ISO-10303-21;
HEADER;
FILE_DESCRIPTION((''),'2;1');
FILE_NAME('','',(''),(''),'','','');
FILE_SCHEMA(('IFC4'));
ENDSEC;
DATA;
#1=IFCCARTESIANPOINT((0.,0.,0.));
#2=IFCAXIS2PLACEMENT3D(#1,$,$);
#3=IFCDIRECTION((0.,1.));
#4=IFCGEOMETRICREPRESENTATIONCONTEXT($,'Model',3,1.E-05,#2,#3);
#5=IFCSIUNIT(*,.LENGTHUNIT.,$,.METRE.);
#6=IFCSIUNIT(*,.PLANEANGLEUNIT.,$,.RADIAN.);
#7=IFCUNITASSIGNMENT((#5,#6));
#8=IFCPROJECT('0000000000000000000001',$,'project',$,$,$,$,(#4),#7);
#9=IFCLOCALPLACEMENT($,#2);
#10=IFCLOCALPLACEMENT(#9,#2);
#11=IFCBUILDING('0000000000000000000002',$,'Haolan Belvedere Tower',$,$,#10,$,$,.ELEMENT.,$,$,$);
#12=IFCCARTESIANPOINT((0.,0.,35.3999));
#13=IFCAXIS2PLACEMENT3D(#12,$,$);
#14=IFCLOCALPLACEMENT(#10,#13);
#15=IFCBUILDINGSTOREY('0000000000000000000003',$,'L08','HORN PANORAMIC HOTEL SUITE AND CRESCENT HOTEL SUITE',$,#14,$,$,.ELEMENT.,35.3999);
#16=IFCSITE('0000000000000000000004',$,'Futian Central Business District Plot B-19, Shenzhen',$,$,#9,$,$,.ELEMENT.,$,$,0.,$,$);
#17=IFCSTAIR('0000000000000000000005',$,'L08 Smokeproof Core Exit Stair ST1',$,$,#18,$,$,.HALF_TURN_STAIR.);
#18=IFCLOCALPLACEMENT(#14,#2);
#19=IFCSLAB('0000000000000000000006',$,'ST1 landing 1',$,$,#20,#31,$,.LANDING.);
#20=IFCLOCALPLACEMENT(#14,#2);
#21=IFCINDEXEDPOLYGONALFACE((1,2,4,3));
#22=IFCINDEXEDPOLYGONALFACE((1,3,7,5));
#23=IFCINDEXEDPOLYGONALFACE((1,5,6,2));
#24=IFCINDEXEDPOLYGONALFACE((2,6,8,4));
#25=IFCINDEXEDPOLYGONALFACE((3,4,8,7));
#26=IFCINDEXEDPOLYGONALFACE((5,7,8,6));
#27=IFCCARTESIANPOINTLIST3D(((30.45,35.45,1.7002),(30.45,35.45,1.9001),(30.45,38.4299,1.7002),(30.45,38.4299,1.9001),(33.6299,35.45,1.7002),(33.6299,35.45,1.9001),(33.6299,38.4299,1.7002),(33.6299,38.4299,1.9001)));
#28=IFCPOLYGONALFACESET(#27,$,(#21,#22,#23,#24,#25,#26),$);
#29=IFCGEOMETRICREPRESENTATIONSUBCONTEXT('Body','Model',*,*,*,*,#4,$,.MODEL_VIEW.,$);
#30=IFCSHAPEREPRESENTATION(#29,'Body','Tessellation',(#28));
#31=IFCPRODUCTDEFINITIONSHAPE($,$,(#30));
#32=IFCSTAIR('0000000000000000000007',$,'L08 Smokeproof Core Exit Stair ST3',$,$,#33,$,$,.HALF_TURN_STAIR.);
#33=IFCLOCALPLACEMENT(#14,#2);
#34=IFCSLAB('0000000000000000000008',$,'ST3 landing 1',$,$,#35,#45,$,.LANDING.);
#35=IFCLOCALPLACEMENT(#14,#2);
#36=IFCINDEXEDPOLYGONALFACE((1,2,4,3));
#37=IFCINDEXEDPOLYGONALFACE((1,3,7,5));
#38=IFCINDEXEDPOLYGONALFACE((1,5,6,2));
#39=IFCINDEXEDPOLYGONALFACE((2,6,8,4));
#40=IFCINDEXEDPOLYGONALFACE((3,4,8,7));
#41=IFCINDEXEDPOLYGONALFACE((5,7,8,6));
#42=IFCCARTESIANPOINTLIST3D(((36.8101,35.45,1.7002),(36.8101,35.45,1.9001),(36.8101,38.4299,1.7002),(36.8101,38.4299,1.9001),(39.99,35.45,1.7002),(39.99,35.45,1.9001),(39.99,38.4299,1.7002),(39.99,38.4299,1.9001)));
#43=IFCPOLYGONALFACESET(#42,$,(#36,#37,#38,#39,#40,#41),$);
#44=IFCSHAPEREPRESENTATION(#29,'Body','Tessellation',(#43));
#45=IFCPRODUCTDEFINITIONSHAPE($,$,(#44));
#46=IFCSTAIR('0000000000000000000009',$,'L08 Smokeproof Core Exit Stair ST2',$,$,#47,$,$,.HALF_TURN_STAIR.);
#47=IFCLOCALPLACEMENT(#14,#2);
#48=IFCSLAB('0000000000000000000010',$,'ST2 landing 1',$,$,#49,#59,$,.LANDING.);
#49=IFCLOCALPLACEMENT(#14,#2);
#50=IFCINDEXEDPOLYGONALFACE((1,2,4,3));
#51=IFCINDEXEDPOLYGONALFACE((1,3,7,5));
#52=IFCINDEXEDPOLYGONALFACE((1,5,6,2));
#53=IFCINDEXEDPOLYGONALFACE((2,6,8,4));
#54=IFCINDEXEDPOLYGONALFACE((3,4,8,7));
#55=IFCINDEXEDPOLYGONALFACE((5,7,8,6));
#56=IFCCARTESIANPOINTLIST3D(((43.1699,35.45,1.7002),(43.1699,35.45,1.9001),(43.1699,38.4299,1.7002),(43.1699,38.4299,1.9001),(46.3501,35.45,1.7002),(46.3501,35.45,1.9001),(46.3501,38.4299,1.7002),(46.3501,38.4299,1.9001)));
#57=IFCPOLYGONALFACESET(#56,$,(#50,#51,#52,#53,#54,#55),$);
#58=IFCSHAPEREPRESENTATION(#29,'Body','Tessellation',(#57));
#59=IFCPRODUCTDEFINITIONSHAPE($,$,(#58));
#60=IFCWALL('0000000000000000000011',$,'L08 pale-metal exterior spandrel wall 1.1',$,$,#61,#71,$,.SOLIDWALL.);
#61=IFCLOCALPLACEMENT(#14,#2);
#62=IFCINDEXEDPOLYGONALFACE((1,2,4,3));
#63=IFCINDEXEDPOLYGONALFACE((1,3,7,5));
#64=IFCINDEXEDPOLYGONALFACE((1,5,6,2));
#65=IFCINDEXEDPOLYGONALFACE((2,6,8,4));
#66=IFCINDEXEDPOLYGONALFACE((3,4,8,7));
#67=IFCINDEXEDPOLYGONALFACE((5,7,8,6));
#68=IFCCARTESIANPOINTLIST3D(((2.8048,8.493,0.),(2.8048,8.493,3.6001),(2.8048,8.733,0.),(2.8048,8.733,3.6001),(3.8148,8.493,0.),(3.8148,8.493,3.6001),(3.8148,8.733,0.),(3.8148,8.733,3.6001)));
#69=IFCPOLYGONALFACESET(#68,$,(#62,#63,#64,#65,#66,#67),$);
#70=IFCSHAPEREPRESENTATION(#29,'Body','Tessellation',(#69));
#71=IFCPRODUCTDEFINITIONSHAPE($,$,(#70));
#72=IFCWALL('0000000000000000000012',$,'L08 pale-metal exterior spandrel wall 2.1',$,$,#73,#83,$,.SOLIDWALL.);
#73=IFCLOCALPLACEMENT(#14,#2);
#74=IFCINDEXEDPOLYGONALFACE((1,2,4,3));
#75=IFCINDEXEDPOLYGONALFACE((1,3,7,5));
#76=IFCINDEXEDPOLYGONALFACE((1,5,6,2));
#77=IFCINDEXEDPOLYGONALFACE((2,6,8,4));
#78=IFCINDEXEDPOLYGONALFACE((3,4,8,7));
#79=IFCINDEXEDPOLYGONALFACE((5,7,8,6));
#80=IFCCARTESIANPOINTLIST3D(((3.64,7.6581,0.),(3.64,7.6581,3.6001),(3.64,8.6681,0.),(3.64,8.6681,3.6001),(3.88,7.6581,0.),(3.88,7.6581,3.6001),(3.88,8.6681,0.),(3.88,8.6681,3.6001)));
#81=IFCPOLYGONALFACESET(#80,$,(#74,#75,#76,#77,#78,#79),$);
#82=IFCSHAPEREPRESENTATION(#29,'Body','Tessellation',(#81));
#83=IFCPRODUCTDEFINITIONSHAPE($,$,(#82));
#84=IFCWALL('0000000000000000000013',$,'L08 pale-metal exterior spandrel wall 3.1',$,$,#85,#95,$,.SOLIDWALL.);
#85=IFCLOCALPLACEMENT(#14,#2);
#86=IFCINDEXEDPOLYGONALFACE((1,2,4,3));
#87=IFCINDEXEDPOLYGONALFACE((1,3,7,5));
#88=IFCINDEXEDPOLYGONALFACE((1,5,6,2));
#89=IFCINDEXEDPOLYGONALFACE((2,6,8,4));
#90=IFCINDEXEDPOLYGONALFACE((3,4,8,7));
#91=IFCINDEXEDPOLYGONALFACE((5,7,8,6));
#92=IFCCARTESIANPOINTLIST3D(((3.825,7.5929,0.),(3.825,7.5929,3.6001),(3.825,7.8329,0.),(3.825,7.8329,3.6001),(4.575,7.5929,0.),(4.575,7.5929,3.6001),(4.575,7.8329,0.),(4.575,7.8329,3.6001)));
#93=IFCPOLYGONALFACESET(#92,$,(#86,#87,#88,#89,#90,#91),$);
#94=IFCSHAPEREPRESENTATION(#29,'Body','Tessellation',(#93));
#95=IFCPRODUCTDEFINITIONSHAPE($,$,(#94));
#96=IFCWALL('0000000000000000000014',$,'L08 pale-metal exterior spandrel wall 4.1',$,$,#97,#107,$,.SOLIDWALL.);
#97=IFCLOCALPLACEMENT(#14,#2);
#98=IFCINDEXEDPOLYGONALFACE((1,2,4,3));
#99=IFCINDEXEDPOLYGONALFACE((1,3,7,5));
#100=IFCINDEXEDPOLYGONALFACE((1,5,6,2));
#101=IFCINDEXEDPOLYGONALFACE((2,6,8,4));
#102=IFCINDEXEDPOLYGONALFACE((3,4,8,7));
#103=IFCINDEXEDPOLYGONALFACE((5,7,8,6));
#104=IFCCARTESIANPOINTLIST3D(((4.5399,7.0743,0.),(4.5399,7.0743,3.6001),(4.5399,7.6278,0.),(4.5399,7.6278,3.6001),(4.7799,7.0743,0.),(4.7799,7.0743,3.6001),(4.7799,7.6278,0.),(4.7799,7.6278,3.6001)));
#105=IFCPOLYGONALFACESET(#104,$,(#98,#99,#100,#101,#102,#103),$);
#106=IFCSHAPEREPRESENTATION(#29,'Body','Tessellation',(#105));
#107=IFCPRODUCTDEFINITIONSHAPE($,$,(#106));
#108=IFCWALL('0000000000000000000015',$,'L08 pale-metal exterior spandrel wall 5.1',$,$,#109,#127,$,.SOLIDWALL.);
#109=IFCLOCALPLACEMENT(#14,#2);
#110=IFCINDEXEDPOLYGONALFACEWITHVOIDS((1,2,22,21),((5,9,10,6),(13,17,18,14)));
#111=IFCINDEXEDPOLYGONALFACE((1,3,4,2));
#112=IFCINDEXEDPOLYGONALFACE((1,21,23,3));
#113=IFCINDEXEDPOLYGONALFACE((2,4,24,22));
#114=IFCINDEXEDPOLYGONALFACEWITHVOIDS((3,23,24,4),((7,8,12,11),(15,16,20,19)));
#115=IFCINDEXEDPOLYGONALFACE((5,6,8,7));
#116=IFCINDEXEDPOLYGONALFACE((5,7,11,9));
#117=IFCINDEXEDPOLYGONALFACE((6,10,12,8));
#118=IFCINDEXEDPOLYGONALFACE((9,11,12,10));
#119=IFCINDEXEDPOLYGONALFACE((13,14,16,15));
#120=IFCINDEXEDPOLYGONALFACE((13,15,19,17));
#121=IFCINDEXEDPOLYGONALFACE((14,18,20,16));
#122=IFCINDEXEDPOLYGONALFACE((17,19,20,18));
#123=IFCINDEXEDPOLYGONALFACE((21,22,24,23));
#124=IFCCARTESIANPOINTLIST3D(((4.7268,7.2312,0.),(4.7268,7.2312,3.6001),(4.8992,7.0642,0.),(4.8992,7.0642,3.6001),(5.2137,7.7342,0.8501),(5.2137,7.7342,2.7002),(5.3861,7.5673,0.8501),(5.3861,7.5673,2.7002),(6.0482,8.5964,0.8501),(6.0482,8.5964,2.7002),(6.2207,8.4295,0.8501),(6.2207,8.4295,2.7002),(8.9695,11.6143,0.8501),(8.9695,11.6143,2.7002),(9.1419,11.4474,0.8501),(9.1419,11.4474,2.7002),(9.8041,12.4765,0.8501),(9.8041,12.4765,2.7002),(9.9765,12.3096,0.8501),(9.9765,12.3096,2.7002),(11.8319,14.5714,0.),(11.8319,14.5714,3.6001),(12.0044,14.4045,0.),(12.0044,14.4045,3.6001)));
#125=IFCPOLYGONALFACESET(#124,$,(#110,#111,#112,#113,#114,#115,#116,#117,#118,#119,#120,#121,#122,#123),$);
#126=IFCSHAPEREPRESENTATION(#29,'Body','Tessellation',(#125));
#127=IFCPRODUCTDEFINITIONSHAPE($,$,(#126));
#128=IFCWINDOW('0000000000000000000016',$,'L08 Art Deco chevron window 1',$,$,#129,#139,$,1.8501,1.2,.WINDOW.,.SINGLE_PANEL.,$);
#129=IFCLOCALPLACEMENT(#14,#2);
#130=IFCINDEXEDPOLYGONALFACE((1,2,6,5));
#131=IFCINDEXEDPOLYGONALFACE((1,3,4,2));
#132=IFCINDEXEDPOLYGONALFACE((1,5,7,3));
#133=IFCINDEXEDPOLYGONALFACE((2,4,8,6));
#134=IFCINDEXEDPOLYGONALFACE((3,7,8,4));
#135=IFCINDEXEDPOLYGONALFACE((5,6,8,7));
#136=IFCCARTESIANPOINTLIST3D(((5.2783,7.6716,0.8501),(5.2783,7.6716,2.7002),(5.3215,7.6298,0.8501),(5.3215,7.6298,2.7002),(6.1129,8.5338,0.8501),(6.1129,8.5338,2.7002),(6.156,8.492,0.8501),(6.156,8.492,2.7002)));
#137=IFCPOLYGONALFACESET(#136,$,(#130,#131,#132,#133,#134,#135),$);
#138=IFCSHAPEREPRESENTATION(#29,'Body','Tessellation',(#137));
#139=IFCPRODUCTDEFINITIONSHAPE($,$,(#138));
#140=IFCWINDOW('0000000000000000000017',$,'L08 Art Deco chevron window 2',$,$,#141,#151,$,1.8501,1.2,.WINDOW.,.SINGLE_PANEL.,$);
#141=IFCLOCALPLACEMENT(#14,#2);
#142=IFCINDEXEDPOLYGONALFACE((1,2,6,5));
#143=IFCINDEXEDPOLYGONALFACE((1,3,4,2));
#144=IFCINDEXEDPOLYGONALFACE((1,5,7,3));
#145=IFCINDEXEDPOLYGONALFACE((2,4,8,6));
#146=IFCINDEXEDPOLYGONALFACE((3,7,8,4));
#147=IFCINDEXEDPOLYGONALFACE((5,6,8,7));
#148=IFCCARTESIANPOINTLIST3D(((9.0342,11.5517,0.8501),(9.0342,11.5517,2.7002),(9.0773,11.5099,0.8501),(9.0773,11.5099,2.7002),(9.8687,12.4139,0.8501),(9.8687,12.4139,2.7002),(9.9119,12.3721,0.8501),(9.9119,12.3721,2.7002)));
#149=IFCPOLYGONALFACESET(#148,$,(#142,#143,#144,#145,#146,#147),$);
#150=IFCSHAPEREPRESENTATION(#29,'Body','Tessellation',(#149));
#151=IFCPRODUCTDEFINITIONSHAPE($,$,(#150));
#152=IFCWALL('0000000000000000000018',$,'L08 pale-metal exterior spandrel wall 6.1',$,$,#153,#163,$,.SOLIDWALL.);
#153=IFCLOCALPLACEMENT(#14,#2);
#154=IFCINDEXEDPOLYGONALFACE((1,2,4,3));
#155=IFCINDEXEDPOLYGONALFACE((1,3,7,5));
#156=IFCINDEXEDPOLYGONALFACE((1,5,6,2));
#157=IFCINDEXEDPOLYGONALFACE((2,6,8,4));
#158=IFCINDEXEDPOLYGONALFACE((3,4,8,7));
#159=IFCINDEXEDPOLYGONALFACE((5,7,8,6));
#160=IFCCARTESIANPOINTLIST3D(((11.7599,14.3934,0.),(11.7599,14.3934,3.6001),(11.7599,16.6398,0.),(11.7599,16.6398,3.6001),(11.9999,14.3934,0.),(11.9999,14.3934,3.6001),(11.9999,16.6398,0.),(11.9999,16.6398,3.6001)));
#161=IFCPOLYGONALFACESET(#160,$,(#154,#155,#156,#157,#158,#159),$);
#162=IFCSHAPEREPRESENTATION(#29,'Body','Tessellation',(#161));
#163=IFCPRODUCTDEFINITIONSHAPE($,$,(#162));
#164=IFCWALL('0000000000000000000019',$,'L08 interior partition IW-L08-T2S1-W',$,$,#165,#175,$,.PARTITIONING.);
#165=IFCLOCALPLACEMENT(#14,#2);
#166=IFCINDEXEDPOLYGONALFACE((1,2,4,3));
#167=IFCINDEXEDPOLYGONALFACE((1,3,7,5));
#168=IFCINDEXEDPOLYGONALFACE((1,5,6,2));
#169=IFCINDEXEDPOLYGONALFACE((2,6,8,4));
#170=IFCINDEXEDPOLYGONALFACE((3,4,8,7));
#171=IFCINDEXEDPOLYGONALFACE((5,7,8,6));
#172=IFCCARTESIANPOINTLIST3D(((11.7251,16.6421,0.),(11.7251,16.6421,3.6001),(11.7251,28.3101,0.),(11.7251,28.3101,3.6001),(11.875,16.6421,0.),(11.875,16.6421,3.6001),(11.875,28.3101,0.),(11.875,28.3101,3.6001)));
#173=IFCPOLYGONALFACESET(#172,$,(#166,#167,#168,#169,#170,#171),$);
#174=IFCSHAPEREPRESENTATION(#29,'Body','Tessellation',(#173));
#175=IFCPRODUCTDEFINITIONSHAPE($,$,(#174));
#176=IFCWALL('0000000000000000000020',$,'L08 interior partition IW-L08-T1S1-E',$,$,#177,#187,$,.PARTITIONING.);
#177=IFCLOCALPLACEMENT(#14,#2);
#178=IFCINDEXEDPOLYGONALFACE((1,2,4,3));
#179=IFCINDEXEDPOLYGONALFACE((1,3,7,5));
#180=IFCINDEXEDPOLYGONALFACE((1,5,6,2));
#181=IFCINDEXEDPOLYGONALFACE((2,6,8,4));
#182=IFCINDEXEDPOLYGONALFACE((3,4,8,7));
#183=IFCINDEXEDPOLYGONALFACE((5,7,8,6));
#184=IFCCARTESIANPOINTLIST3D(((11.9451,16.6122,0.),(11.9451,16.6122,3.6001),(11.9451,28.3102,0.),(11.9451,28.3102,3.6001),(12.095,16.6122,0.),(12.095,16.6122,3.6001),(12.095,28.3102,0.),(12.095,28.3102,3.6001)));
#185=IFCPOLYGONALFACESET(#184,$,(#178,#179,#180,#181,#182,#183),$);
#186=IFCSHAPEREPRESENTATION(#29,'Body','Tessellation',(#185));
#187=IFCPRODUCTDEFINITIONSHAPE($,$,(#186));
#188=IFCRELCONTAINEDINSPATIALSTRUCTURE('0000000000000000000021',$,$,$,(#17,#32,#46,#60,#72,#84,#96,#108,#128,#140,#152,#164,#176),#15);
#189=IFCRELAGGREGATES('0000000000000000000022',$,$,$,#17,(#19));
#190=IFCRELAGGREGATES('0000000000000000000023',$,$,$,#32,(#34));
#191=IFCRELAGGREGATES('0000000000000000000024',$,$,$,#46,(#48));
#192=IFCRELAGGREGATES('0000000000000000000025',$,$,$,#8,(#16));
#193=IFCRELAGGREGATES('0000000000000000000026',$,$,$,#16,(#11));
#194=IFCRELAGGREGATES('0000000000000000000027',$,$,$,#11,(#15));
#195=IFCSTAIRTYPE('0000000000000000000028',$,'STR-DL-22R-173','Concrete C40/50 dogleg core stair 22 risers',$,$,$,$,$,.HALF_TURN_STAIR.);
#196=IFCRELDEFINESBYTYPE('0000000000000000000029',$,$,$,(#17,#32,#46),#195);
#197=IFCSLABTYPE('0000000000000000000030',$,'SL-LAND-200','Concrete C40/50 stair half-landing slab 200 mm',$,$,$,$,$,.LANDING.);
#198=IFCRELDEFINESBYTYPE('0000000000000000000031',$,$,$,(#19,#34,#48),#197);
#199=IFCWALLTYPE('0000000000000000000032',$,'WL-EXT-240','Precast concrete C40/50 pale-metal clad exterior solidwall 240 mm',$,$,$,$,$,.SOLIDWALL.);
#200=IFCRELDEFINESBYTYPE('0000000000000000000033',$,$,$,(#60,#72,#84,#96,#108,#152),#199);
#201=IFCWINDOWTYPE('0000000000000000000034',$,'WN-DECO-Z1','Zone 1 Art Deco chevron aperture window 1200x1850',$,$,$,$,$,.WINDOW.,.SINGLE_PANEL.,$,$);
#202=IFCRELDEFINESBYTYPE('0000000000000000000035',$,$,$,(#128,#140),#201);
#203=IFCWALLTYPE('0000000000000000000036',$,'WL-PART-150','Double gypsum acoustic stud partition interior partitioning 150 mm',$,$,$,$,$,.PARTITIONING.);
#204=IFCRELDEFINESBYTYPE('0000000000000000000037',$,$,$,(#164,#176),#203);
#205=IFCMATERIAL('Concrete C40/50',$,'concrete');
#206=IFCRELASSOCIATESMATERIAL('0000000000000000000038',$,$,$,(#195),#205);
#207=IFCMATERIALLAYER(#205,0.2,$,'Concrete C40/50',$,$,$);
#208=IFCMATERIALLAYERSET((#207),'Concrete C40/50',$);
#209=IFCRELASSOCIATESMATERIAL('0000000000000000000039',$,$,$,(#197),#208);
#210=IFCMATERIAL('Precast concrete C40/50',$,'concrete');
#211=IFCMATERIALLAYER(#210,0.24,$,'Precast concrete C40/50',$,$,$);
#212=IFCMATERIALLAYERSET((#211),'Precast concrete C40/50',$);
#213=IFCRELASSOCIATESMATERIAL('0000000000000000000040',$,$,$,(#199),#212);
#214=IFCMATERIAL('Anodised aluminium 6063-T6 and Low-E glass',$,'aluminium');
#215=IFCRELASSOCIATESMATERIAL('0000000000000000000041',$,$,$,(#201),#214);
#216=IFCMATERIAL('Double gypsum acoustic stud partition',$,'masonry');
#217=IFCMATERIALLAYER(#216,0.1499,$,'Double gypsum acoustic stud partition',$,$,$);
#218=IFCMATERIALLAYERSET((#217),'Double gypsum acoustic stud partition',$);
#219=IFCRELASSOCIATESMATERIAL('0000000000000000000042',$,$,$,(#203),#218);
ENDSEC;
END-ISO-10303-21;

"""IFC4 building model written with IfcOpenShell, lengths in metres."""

from ifc_helpers import new_model, si_unit, direction, frame, frame_2d, origin, place, context, subcontext, project, spatial, polyline, rectangle, outline, extrude, material, layer, layer_set, type_object, element, fill, aggregate, save


model = new_model("IFC4")

# Units and contexts
model_context = context("Model", 3, precision=1e-05, world=origin(), true_north=direction((0.0, 1.0)))
body_context = subcontext(model_context, "Body", "Model", "MODEL_VIEW")
ifc_project = project(units=[si_unit("LENGTHUNIT", "METRE"), si_unit("PLANEANGLEUNIT", "RADIAN")], contexts=[model_context])

# Site, building, storey
site_placement = place(None, origin())
site = spatial("IfcSite", under=ifc_project, at=site_placement, Name="Futian Central Business District Plot B-19, Shenzhen", CompositionType="ELEMENT", RefElevation=0.0)
building_placement = place(site_placement, origin())
building = spatial("IfcBuilding", under=site, at=building_placement, Name="Haolan Belvedere Tower", CompositionType="ELEMENT")
storey_placement = place(building_placement, frame((0.0, 0.0, 35.3999)))
storey = spatial("IfcBuildingStorey", under=building, at=storey_placement, Name="L08", Description="HORN PANORAMIC HOTEL SUITE AND CRESCENT HOTEL SUITE", CompositionType="ELEMENT", Elevation=35.3999)

# Shared definitions
ifc_material_1 = material(Name="Concrete C40/50", Category="concrete")

# Stairs, slabs
stair_type = type_object("IfcStairType", Name="STR-DL-22R-173", Description="Concrete C40/50 dogleg core stair 22 risers", PredefinedType="HALF_TURN_STAIR", material=ifc_material_1)
stair_1_placement = place(storey_placement, origin())
stair_1 = element("IfcStair", 1, at=stair_1_placement, inside=storey, type_object=stair_type, Name="L08 Smokeproof Core Exit Stair ST1", PredefinedType="HALF_TURN_STAIR")
ifc_layer_1 = layer(ifc_material_1, 0.2, Name="Concrete C40/50")
ifc_layer_set_1 = layer_set([ifc_layer_1], Name="Concrete C40/50")
slab_type_1 = type_object("IfcSlabType", Name="SL-LAND-200", Description="Concrete C40/50 stair half-landing slab 200 mm", PredefinedType="LANDING", material=ifc_layer_set_1)
slab_1_placement = place(storey_placement, frame((0.0, 0.0, 1.7002)))
slab_1 = element("IfcSlab", 2, at=slab_1_placement, type_object=slab_type_1, Name="ST1 landing 1", PredefinedType="LANDING", context=body_context, shape_type="SweptSolid", body=[
    extrude(outline(polyline([(30.45, 38.4299), (30.45, 35.45), (33.6299, 35.45), (33.6299, 38.4299), (30.45, 38.4299)])), origin(), (0.0, 0.0, 1.0), 0.2),
])
aggregate(stair_1, [slab_1])
stair_2_placement = place(storey_placement, origin())
stair_2 = element("IfcStair", 3, at=stair_2_placement, inside=storey, type_object=stair_type, Name="L08 Smokeproof Core Exit Stair ST3", PredefinedType="HALF_TURN_STAIR")
slab_2_placement = place(storey_placement, frame((0.0, 0.0, 1.7002)))
slab_2 = element("IfcSlab", 4, at=slab_2_placement, type_object=slab_type_1, Name="ST3 landing 1", PredefinedType="LANDING", context=body_context, shape_type="SweptSolid", body=[
    extrude(outline(polyline([(36.8101, 38.4299), (36.8101, 35.45), (39.99, 35.45), (39.99, 38.4299), (36.8101, 38.4299)])), origin(), (0.0, 0.0, 1.0), 0.2),
])
aggregate(stair_2, [slab_2])
stair_3_placement = place(storey_placement, origin())
stair_3 = element("IfcStair", 5, at=stair_3_placement, inside=storey, type_object=stair_type, Name="L08 Smokeproof Core Exit Stair ST2", PredefinedType="HALF_TURN_STAIR")
slab_3_placement = place(storey_placement, frame((0.0, 0.0, 1.7002)))
slab_3 = element("IfcSlab", 6, at=slab_3_placement, type_object=slab_type_1, Name="ST2 landing 1", PredefinedType="LANDING", context=body_context, shape_type="SweptSolid", body=[
    extrude(outline(polyline([(43.1699, 38.4299), (43.1699, 35.45), (46.3501, 35.45), (46.3501, 38.4299), (43.1699, 38.4299)])), origin(), (0.0, 0.0, 1.0), 0.2),
])
aggregate(stair_3, [slab_3])

# Walls
ifc_material_2 = material(Name="Precast concrete C40/50", Category="concrete")
ifc_layer_2 = layer(ifc_material_2, 0.24, Name="Precast concrete C40/50")
ifc_layer_set_2 = layer_set([ifc_layer_2], Name="Precast concrete C40/50")
wall_type_1 = type_object("IfcWallType", Name="WL-EXT-240", Description="Precast concrete C40/50 pale-metal clad exterior solidwall 240 mm", PredefinedType="SOLIDWALL", material=ifc_layer_set_2)
for number, where, z_axis, x_axis, name in (
    (7, (2.8049, 8.613, 0.0), (0.0, 0.0, 1.0), (1.0, 0.0, 0.0), "L08 pale-metal exterior spandrel wall 1.1"),
    (8, (3.76, 8.668, 0.0), (0.0, 0.0, 1.0), (0.0, -1.0, 0.0), "L08 pale-metal exterior spandrel wall 2.1"),
):
    element("IfcWall", number, at=place(storey_placement, frame(where, z_axis=z_axis, x_axis=x_axis)), inside=storey, type_object=wall_type_1, Name=name, PredefinedType="SOLIDWALL", context=body_context, shape_type="SweptSolid", body=[
        extrude(rectangle(XDim=1.01, YDim=0.24, at=frame_2d((0.5049, 0.0))), origin(), (0.0, 0.0, 1.0), 3.6001),
    ])
wall_1_placement = place(storey_placement, frame((3.825, 7.7129, 0.0), z_axis=(0.0, 0.0, 1.0), x_axis=(1.0, 0.0, 0.0)))
element("IfcWall", 9, at=wall_1_placement, inside=storey, type_object=wall_type_1, Name="L08 pale-metal exterior spandrel wall 3.1", PredefinedType="SOLIDWALL", context=body_context, shape_type="SweptSolid", body=[
    extrude(rectangle(XDim=0.75, YDim=0.24, at=frame_2d((0.375, 0.0))), origin(), (0.0, 0.0, 1.0), 3.6001),
])
wall_2_placement = place(storey_placement, frame((4.6599, 7.6279, 0.0), z_axis=(0.0, 0.0, 1.0), x_axis=(0.0, -1.0, 0.0)))
element("IfcWall", 10, at=wall_2_placement, inside=storey, type_object=wall_type_1, Name="L08 pale-metal exterior spandrel wall 4.1", PredefinedType="SOLIDWALL", context=body_context, shape_type="SweptSolid", body=[
    extrude(rectangle(XDim=0.5535, YDim=0.24, at=frame_2d((0.2769, 0.0))), origin(), (0.0, 0.0, 1.0), 3.6001),
])

# Wall, openings, windows
wall_3_placement = place(storey_placement, frame((4.813, 7.1477, 0.0), z_axis=(0.0, 0.0, 1.0), x_axis=(0.695506, 0.71852, 0.0)))
wall_3 = element("IfcWall", 11, at=wall_3_placement, inside=storey, type_object=wall_type_1, Name="L08 pale-metal exterior spandrel wall 5.1", PredefinedType="SOLIDWALL", context=body_context, shape_type="SweptSolid", body=[
    extrude(rectangle(XDim=10.2158, YDim=0.24, at=frame_2d((5.1079, 0.0))), origin(), (0.0, 0.0, 1.0), 3.6001),
])
opening_1_placement = place(wall_3_placement, frame((0.7, 0.0, 0.8501)))
opening_1 = element("IfcOpeningElement", 12, at=opening_1_placement, cuts=wall_3, PredefinedType="OPENING", context=body_context, shape_type="SweptSolid", body=[
    extrude(rectangle(XDim=1.2, YDim=1.8501, at=frame_2d((0.6001, 0.925))), frame((0.0, 0.1299, 0.0), z_axis=(0.0, -1.0, 0.0), x_axis=(1.0, 0.0, 0.0)), (0.0, 0.0, 1.0), 0.26),
])
opening_2_placement = place(wall_3_placement, frame((6.1001, 0.0, 0.8501)))
opening_2 = element("IfcOpeningElement", 13, at=opening_2_placement, cuts=wall_3, PredefinedType="OPENING", context=body_context, shape_type="SweptSolid", body=[
    extrude(rectangle(XDim=1.2, YDim=1.8501, at=frame_2d((0.6001, 0.925))), frame((0.0, 0.1299, 0.0), z_axis=(0.0, -1.0, 0.0), x_axis=(1.0, 0.0, 0.0)), (0.0, 0.0, 1.0), 0.26),
])
ifc_material_3 = material(Name="Anodised aluminium 6063-T6 and Low-E glass", Category="aluminium")
window_type = type_object("IfcWindowType", Name="WN-DECO-Z1", Description="Zone 1 Art Deco chevron aperture window 1200x1850", PartitioningType="SINGLE_PANEL", PredefinedType="WINDOW", material=ifc_material_3)
window_1_placement = place(opening_1_placement, origin())
window_1 = element("IfcWindow", 14, at=window_1_placement, inside=storey, type_object=window_type, Name="L08 Art Deco chevron window 1", OverallHeight=1.8501, OverallWidth=1.2, PartitioningType="SINGLE_PANEL", PredefinedType="WINDOW", context=body_context, shape_type="SweptSolid", body=[
    extrude(rectangle(XDim=1.2, YDim=1.8501, at=frame_2d((0.6001, 0.925))), frame((0.0, 0.03, 0.0), z_axis=(0.0, -1.0, 0.0), x_axis=(1.0, 0.0, 0.0)), (0.0, 0.0, 1.0), 0.0601),
])
fill(opening_1, window_1)
window_2_placement = place(opening_2_placement, origin())
window_2 = element("IfcWindow", 15, at=window_2_placement, inside=storey, type_object=window_type, Name="L08 Art Deco chevron window 2", OverallHeight=1.8501, OverallWidth=1.2, PartitioningType="SINGLE_PANEL", PredefinedType="WINDOW", context=body_context, shape_type="SweptSolid", body=[
    extrude(rectangle(XDim=1.2, YDim=1.8501, at=frame_2d((0.6001, 0.925))), frame((0.0, 0.03, 0.0), z_axis=(0.0, -1.0, 0.0), x_axis=(1.0, 0.0, 0.0)), (0.0, 0.0, 1.0), 0.0601),
])
fill(opening_2, window_2)

# Walls
wall_4_placement = place(storey_placement, frame((11.8799, 14.3936, 0.0), z_axis=(0.0, 0.0, 1.0), x_axis=(0.0, 1.0, 0.0)))
element("IfcWall", 16, at=wall_4_placement, inside=storey, type_object=wall_type_1, Name="L08 pale-metal exterior spandrel wall 6.1", PredefinedType="SOLIDWALL", context=body_context, shape_type="SweptSolid", body=[
    extrude(rectangle(XDim=2.2463, YDim=0.24, at=frame_2d((1.123, 0.0))), origin(), (0.0, 0.0, 1.0), 3.6001),
])
ifc_material_4 = material(Name="Double gypsum acoustic stud partition", Category="masonry")
ifc_layer_3 = layer(ifc_material_4, 0.1499, Name="Double gypsum acoustic stud partition")
ifc_layer_set_3 = layer_set([ifc_layer_3], Name="Double gypsum acoustic stud partition")
wall_type_2 = type_object("IfcWallType", Name="WL-PART-150", Description="Double gypsum acoustic stud partition interior partitioning 150 mm", PredefinedType="PARTITIONING", material=ifc_layer_set_3)
wall_5_placement = place(storey_placement, frame((11.8, 16.6421, 0.0), z_axis=(0.0, 0.0, 1.0), x_axis=(0.0, 1.0, 0.0)))
element("IfcWall", 17, at=wall_5_placement, inside=storey, type_object=wall_type_2, Name="L08 interior partition IW-L08-T2S1-W", PredefinedType="PARTITIONING", context=body_context, shape_type="SweptSolid", body=[
    extrude(rectangle(XDim=11.668, YDim=0.1499, at=frame_2d((5.834, 0.0))), origin(), (0.0, 0.0, 1.0), 3.6001),
])
wall_6_placement = place(storey_placement, frame((12.02, 16.6121, 0.0), z_axis=(0.0, 0.0, 1.0), x_axis=(0.0, 1.0, 0.0)))
element("IfcWall", 18, at=wall_6_placement, inside=storey, type_object=wall_type_2, Name="L08 interior partition IW-L08-T1S1-E", PredefinedType="PARTITIONING", context=body_context, shape_type="SweptSolid", body=[
    extrude(rectangle(XDim=11.698, YDim=0.1499, at=frame_2d((5.8491, 0.0))), origin(), (0.0, 0.0, 1.0), 3.6001),
])

save(model, "model.ifc")
